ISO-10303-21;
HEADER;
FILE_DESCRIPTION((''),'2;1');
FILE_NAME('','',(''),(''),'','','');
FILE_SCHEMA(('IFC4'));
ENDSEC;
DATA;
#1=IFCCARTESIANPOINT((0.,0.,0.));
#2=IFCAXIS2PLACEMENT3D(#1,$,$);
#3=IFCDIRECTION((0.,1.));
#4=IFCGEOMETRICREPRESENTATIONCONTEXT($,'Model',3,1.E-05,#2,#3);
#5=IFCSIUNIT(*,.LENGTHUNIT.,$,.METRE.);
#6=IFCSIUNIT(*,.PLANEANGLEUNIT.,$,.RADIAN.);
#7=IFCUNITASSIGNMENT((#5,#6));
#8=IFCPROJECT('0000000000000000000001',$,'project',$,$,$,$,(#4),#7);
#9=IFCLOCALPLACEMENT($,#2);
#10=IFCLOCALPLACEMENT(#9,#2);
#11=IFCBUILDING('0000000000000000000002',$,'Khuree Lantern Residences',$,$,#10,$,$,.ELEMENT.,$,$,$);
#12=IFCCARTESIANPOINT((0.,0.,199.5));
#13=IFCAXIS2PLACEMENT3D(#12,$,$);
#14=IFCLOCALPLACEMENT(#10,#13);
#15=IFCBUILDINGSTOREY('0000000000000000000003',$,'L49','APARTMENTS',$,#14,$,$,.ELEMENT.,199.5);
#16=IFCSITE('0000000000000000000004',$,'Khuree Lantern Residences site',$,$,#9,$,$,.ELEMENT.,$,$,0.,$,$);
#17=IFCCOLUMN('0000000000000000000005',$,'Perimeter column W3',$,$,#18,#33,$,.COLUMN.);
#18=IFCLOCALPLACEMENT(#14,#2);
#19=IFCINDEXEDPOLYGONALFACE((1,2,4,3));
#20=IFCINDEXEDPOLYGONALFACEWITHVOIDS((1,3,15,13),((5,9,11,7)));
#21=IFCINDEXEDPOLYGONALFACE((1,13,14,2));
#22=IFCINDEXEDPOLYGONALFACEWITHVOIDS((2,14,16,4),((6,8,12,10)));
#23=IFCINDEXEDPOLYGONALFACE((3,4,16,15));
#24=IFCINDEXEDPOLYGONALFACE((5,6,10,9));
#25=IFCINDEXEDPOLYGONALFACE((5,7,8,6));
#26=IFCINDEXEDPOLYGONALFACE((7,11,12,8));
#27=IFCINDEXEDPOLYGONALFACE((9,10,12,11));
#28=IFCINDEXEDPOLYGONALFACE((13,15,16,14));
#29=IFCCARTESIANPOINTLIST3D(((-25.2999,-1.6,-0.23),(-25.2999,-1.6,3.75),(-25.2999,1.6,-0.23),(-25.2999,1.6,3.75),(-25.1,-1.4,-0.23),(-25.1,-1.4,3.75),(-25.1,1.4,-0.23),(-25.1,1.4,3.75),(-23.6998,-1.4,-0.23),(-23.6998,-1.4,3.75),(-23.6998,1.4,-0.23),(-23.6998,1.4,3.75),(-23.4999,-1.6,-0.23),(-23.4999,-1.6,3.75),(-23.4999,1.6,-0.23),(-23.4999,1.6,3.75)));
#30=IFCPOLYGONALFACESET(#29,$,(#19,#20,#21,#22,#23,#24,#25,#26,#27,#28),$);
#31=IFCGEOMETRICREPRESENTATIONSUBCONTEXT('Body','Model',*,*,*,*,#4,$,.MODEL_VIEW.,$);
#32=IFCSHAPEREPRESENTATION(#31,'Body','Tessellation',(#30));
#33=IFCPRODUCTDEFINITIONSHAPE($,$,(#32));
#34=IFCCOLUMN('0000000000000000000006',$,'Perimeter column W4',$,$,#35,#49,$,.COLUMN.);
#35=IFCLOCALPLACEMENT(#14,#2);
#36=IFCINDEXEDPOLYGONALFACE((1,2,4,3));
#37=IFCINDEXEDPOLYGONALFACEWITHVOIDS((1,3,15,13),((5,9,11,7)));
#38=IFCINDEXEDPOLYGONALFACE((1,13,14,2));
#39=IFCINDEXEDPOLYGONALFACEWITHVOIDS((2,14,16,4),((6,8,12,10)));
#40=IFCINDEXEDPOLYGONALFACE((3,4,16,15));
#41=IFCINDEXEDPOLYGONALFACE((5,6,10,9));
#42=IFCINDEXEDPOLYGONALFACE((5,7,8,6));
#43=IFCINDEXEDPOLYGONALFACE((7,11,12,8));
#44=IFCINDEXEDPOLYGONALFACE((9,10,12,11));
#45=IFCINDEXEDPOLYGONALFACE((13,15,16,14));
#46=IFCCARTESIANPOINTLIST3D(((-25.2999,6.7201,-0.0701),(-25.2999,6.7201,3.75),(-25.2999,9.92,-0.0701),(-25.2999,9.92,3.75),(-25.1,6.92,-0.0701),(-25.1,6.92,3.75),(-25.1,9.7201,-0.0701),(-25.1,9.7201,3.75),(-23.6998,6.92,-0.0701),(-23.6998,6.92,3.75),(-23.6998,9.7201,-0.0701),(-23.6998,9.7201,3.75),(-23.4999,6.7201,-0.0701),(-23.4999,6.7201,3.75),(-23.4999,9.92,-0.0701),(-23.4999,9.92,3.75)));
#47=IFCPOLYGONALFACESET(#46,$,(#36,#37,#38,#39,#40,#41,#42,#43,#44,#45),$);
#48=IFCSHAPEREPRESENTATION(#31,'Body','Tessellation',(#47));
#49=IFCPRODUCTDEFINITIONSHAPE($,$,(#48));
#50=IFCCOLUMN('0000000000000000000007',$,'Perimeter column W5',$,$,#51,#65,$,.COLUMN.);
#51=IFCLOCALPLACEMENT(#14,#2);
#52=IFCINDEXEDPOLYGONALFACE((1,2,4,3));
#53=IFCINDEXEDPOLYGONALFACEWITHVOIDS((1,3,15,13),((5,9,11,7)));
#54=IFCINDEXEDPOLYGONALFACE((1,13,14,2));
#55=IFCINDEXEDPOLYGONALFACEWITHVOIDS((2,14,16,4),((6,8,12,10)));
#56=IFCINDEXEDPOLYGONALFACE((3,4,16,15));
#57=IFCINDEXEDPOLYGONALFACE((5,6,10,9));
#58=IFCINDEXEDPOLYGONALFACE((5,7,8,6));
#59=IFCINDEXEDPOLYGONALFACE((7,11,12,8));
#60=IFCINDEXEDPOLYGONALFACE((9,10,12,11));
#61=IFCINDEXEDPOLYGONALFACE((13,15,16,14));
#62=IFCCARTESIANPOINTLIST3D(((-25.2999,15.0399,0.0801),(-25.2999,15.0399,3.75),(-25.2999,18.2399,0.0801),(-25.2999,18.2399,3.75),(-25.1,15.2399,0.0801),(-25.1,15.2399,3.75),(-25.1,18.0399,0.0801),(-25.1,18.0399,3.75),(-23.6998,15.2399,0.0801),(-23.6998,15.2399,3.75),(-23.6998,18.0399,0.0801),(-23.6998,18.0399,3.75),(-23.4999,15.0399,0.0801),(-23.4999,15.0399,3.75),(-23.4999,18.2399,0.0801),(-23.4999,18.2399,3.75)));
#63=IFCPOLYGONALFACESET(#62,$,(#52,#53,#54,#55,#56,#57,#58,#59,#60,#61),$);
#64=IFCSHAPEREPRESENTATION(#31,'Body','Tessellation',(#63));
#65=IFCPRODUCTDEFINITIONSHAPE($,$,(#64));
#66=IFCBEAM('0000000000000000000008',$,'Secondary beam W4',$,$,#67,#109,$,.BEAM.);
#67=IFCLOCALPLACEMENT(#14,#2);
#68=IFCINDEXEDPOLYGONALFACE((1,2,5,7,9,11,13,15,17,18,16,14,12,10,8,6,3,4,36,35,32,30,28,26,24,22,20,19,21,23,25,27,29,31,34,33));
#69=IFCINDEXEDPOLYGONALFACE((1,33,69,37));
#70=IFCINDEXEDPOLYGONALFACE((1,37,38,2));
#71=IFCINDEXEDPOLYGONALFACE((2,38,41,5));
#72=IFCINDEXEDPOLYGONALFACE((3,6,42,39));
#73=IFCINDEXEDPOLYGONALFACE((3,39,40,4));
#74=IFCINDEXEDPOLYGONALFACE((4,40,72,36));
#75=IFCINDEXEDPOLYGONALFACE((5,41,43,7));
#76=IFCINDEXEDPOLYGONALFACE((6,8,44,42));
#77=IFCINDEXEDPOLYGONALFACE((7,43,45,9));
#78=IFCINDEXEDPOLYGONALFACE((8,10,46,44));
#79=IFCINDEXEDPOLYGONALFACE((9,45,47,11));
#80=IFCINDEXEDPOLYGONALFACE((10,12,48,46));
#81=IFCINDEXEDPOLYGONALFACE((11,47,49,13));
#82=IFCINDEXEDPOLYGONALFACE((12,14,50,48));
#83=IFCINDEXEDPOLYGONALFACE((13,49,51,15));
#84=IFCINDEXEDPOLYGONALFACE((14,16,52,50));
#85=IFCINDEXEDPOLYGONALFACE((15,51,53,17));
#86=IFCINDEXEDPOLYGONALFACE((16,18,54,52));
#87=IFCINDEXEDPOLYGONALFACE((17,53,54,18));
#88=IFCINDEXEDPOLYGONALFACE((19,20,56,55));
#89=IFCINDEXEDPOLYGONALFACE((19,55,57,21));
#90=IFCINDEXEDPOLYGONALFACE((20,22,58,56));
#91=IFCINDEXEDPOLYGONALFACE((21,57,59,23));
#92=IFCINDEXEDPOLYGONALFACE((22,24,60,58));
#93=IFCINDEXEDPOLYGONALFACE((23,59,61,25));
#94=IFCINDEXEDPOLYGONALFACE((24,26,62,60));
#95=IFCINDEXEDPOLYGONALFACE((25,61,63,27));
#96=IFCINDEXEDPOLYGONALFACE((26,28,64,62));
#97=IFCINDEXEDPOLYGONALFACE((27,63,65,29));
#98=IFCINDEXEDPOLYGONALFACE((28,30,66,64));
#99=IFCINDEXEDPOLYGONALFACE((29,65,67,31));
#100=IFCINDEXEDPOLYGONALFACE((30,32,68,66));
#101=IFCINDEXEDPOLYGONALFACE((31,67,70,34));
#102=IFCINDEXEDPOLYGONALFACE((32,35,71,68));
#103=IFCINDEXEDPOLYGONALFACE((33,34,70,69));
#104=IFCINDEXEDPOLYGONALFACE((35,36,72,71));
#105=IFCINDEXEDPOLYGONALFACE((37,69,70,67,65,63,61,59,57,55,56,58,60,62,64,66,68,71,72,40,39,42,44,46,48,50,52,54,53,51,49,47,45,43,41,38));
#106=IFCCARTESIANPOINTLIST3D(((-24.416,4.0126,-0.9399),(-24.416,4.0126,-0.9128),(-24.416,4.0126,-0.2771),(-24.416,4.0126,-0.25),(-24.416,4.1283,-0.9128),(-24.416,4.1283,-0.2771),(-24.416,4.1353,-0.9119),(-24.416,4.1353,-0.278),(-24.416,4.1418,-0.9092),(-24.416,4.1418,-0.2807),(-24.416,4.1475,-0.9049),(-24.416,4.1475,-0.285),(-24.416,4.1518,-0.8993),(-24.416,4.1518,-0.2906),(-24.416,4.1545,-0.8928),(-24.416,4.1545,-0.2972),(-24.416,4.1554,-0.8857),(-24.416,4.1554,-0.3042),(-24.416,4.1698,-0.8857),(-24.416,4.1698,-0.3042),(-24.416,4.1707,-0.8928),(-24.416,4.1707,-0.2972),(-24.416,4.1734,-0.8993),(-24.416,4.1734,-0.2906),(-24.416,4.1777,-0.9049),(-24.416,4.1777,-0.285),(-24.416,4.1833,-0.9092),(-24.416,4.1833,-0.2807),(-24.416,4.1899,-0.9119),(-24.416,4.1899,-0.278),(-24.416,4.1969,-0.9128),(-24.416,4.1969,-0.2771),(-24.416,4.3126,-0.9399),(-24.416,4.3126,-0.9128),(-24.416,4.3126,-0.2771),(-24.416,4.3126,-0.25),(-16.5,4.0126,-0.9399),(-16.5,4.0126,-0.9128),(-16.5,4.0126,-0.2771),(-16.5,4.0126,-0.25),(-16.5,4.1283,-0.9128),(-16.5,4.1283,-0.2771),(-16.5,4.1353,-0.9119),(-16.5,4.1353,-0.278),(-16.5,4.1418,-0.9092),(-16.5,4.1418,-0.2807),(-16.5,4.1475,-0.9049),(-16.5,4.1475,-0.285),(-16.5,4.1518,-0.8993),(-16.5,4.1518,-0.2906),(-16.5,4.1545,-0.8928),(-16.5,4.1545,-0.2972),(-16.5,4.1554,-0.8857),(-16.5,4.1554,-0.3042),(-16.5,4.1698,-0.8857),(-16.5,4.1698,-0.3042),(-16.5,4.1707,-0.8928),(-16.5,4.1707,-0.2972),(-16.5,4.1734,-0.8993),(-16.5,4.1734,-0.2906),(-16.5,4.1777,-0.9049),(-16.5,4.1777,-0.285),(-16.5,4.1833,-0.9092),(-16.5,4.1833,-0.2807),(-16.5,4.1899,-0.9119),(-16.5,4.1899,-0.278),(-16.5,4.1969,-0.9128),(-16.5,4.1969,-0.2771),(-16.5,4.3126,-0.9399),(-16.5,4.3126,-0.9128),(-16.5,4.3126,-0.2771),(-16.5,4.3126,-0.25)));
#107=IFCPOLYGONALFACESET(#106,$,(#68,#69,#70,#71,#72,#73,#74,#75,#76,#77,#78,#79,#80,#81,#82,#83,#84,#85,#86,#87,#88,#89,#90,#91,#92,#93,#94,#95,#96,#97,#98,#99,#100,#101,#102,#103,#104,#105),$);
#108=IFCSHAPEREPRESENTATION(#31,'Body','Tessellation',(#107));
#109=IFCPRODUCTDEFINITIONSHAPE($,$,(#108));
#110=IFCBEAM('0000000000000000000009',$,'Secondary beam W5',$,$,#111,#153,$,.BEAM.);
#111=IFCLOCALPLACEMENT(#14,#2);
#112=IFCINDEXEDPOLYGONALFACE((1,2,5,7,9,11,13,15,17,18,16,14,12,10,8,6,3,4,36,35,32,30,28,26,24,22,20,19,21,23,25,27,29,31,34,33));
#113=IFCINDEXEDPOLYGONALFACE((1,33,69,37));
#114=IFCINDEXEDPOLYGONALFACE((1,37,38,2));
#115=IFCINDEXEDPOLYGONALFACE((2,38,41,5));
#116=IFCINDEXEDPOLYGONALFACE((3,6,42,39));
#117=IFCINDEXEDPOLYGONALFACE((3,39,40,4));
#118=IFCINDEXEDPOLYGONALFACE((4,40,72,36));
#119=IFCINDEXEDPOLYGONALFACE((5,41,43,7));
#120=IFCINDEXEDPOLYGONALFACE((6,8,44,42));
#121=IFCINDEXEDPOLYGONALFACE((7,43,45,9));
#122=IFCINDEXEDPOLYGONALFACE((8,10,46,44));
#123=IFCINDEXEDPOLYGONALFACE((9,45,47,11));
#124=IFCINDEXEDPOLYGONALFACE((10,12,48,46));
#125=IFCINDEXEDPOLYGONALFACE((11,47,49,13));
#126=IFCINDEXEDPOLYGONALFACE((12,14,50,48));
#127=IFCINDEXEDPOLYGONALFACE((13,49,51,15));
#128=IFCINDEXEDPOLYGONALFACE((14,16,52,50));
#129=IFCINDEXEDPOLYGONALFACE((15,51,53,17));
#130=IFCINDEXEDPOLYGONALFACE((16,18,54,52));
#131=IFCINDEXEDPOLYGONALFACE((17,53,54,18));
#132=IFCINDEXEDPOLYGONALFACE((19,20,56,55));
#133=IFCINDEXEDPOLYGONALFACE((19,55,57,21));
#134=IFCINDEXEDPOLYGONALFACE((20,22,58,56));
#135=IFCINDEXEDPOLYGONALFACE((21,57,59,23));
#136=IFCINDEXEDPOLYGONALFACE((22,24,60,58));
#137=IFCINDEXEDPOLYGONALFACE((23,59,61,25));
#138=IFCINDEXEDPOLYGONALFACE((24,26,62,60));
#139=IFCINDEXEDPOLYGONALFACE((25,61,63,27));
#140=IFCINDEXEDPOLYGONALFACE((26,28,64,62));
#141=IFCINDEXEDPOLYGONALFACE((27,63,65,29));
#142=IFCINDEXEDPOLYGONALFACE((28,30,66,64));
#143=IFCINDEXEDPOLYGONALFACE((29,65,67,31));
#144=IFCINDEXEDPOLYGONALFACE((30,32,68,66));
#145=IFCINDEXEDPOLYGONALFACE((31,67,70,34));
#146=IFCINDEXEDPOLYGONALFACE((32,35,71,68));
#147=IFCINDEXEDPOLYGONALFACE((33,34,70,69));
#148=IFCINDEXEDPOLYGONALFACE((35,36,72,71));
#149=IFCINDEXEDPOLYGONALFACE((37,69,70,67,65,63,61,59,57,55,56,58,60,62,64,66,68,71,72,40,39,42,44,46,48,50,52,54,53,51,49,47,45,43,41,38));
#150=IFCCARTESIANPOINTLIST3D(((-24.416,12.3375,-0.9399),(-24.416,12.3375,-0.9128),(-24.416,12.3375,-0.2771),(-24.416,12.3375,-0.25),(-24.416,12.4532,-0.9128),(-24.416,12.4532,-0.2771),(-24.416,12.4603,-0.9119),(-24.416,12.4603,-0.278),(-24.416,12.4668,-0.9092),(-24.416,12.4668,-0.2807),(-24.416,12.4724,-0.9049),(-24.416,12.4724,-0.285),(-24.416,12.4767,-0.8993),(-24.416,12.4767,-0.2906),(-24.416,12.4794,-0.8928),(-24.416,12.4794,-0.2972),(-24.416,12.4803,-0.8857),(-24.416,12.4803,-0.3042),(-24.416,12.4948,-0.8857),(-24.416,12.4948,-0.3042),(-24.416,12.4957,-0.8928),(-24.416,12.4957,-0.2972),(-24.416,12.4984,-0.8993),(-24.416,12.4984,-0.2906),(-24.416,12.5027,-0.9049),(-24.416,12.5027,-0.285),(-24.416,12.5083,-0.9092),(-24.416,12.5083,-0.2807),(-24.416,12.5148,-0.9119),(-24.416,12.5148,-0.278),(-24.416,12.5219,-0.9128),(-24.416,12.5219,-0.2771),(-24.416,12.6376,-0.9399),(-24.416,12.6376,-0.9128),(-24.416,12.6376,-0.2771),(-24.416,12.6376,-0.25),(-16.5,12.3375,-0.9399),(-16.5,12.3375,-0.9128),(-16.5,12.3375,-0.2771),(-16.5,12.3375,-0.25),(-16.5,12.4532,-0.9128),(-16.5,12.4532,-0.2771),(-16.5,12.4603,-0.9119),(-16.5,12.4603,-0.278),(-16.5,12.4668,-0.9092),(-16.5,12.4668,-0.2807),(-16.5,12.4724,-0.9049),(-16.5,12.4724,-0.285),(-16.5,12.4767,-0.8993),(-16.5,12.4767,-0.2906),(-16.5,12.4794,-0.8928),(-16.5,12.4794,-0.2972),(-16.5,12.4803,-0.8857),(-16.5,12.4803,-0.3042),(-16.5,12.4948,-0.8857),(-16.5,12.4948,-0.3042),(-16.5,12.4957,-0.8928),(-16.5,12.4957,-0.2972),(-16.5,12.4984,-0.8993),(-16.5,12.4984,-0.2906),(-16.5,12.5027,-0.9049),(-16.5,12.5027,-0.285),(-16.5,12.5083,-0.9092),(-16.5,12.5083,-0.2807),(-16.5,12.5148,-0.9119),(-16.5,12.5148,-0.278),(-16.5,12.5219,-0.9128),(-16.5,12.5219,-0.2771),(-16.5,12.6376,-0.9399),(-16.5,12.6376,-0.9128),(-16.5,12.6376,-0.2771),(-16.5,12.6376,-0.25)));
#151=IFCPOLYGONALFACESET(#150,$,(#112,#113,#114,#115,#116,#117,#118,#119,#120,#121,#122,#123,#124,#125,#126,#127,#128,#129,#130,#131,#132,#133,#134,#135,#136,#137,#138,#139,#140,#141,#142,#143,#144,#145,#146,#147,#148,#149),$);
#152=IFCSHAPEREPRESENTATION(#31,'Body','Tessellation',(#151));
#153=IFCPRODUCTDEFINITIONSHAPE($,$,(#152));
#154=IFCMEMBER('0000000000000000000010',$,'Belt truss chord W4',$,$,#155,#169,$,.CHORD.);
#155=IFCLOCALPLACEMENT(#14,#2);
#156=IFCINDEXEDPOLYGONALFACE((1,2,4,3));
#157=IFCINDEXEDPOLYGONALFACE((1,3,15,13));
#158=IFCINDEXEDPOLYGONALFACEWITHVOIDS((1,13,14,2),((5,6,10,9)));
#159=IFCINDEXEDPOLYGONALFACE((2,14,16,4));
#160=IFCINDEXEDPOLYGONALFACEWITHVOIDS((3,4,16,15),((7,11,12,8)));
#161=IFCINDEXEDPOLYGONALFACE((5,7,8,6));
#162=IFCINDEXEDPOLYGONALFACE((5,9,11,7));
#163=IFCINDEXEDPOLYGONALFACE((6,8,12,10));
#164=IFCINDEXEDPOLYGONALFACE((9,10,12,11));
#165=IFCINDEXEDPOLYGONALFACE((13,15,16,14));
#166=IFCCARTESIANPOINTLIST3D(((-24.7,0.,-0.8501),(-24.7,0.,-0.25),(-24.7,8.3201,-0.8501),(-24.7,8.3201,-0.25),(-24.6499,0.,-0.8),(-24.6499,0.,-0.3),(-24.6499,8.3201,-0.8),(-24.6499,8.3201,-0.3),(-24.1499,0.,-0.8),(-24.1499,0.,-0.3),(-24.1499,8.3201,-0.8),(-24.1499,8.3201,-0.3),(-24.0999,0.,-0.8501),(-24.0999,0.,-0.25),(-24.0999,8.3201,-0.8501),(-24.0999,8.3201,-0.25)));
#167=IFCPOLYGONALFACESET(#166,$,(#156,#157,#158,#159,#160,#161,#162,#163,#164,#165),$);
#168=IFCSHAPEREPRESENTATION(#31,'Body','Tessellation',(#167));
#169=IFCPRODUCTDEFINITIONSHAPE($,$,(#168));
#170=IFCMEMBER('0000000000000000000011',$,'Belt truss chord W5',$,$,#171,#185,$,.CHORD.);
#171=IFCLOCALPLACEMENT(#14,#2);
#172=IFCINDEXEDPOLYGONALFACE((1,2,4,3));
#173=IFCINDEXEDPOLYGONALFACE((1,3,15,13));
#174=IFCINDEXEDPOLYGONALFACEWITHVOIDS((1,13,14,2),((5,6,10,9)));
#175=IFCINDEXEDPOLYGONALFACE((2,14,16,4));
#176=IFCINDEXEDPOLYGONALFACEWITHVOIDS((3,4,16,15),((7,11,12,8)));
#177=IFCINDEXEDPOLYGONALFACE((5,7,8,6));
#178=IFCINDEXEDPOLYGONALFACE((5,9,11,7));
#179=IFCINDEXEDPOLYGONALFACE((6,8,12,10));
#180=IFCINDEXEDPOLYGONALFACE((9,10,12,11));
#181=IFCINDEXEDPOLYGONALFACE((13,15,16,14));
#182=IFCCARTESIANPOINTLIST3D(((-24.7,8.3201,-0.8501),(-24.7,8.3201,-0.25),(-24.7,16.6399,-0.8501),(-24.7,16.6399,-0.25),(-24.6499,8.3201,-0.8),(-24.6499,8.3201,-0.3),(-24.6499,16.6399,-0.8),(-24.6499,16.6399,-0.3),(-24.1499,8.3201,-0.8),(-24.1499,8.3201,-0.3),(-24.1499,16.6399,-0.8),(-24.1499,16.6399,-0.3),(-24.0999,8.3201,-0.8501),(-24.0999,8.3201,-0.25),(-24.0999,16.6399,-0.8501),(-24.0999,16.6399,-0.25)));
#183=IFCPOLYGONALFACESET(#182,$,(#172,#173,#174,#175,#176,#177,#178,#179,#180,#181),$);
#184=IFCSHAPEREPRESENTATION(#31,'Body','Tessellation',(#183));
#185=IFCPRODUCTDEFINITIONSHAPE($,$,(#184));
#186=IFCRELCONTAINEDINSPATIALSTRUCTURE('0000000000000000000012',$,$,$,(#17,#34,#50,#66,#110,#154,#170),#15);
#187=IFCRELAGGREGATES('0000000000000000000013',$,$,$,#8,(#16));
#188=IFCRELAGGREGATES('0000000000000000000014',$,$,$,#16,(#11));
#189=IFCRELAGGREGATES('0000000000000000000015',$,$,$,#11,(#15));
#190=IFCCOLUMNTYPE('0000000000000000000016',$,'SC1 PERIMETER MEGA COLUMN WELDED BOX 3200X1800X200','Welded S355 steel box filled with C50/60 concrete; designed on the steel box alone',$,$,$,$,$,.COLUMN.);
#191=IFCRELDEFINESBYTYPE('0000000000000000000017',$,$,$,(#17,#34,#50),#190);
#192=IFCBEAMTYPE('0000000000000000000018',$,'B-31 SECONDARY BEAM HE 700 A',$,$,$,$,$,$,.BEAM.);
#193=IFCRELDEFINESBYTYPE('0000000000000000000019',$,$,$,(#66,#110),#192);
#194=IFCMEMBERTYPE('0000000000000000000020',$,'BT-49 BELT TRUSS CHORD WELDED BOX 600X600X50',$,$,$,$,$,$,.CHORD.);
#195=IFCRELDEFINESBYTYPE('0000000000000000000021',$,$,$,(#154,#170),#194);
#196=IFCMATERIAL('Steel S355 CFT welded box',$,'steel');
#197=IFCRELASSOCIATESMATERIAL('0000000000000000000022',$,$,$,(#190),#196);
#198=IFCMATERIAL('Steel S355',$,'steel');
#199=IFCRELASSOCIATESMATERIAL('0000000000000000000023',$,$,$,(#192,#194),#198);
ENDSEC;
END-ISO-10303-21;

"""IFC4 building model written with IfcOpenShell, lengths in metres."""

from ifc_helpers import new_model, si_unit, direction, frame, origin, origin_2d, place, context, subcontext, project, spatial, hollow_rectangle, i_section, extrude, material, material_profile, profile_set, type_object, element, save


model = new_model("IFC4")

# Units and contexts
model_context = context("Model", 3, precision=1e-05, world=origin(), true_north=direction((0.0, 1.0)))
body_context = subcontext(model_context, "Body", "Model", "MODEL_VIEW")
ifc_project = project(units=[si_unit("LENGTHUNIT", "METRE"), si_unit("PLANEANGLEUNIT", "RADIAN")], contexts=[model_context])

# Site, building, storey
site_placement = place(None, origin())
site = spatial("IfcSite", under=ifc_project, at=site_placement, Name="Khuree Lantern Residences site", CompositionType="ELEMENT", RefElevation=0.0)
building_placement = place(site_placement, origin())
building = spatial("IfcBuilding", under=site, at=building_placement, Name="Khuree Lantern Residences", CompositionType="ELEMENT")
storey_placement = place(building_placement, frame((0.0, 0.0, 199.5)))
storey = spatial("IfcBuildingStorey", under=building, at=storey_placement, Name="L49", Description="APARTMENTS", CompositionType="ELEMENT", Elevation=199.5)

# Columns
ifc_material_1 = material(Name="Steel S355 CFT welded box", Category="steel")
ifc_material_profile_1 = material_profile(ifc_material_1, hollow_rectangle(XDim=3.2, YDim=1.8, WallThickness=0.2, at=origin_2d()), Name="WELDED BOX 3200X1800X200")
ifc_profile_set_1 = profile_set([ifc_material_profile_1], Name="Steel S355 CFT welded box")
column_type = type_object("IfcColumnType", Name="SC1 PERIMETER MEGA COLUMN WELDED BOX 3200X1800X200", Description="Welded S355 steel box filled with C50/60 concrete; designed on the steel box alone", PredefinedType="COLUMN", material=ifc_profile_set_1)
column_1_placement = place(storey_placement, frame((-24.3999, 0.0, -0.23), z_axis=(0.0, 0.0, 1.0), x_axis=(0.0, 1.0, 0.0)))
element("IfcColumn", 1, at=column_1_placement, inside=storey, type_object=column_type, Name="Perimeter column W3", PredefinedType="COLUMN", context=body_context, shape_type="SweptSolid", body=[
    extrude(hollow_rectangle(XDim=3.2, YDim=1.8, WallThickness=0.2, at=origin_2d()), origin(), (0.0, 0.0, 1.0), 3.98),
])
column_2_placement = place(storey_placement, frame((-24.3999, 8.3201, -0.0701), z_axis=(0.0, 0.0, 1.0), x_axis=(0.0, 1.0, 0.0)))
element("IfcColumn", 2, at=column_2_placement, inside=storey, type_object=column_type, Name="Perimeter column W4", PredefinedType="COLUMN", context=body_context, shape_type="SweptSolid", body=[
    extrude(hollow_rectangle(XDim=3.2, YDim=1.8, WallThickness=0.2, at=origin_2d()), origin(), (0.0, 0.0, 1.0), 3.8201),
])
column_3_placement = place(storey_placement, frame((-24.3999, 16.6399, 0.0801), z_axis=(0.0, 0.0, 1.0), x_axis=(0.0, 1.0, 0.0)))
element("IfcColumn", 3, at=column_3_placement, inside=storey, type_object=column_type, Name="Perimeter column W5", PredefinedType="COLUMN", context=body_context, shape_type="SweptSolid", body=[
    extrude(hollow_rectangle(XDim=3.2, YDim=1.8, WallThickness=0.2, at=origin_2d()), origin(), (0.0, 0.0, 1.0), 3.6699),
])

# Beams
ifc_material_2 = material(Name="Steel S355", Category="steel")
ifc_material_profile_2 = material_profile(ifc_material_2, i_section(OverallWidth=0.3, OverallDepth=0.6899, WebThickness=0.0144, FlangeThickness=0.0271, FilletRadius=0.0271, at=origin_2d()), Name="HE 700 A")
ifc_profile_set_2 = profile_set([ifc_material_profile_2], Name="Steel S355")
beam_type_1 = type_object("IfcBeamType", Name="B-31 SECONDARY BEAM HE 700 A", PredefinedType="BEAM", material=ifc_profile_set_2)
for number, where, z_axis, x_axis, name in (
    (4, (-24.416, 4.1626, -0.595), (1.0, 0.0, 0.0), (0.0, 1.0, 0.0), "Secondary beam W4"),
    (5, (-24.416, 12.4875, -0.595), (1.0, 0.0, 0.0), (0.0, 1.0, 0.0), "Secondary beam W5"),
):
    element("IfcBeam", number, at=place(storey_placement, frame(where, z_axis=z_axis, x_axis=x_axis)), inside=storey, type_object=beam_type_1, Name=name, PredefinedType="BEAM", context=body_context, shape_type="SweptSolid", body=[
        extrude(i_section(OverallWidth=0.3, OverallDepth=0.6899, WebThickness=0.0144, FlangeThickness=0.0271, FilletRadius=0.0271, at=origin_2d()), origin(), (0.0, 0.0, 1.0), 7.916),
    ])

# Members
ifc_material_profile_3 = material_profile(ifc_material_2, hollow_rectangle(XDim=0.6001, YDim=0.6001, WallThickness=0.05, at=origin_2d()), Name="WELDED BOX 600X600X50")
ifc_profile_set_3 = profile_set([ifc_material_profile_3], Name="Steel S355")
member_type_1 = type_object("IfcMemberType", Name="BT-49 BELT TRUSS CHORD WELDED BOX 600X600X50", PredefinedType="CHORD", material=ifc_profile_set_3)
member_1_placement = place(storey_placement, frame((-24.3999, 0.0, -0.55), z_axis=(0.0, 1.0, 0.0), x_axis=(-1.0, 0.0, 0.0)))
element("IfcMember", 6, at=member_1_placement, inside=storey, type_object=member_type_1, Name="Belt truss chord W4", PredefinedType="CHORD", context=body_context, shape_type="SweptSolid", body=[
    extrude(hollow_rectangle(XDim=0.6001, YDim=0.6001, WallThickness=0.05, at=origin_2d()), origin(), (0.0, 0.0, 1.0), 8.3201),
])
member_2_placement = place(storey_placement, frame((-24.3999, 8.3201, -0.55), z_axis=(0.0, 1.0, 0.0), x_axis=(-1.0, 0.0, 0.0)))
element("IfcMember", 7, at=member_2_placement, inside=storey, type_object=member_type_1, Name="Belt truss chord W5", PredefinedType="CHORD", context=body_context, shape_type="SweptSolid", body=[
    extrude(hollow_rectangle(XDim=0.6001, YDim=0.6001, WallThickness=0.05, at=origin_2d()), origin(), (0.0, 0.0, 1.0), 8.3198),
])

save(model, "model.ifc")
